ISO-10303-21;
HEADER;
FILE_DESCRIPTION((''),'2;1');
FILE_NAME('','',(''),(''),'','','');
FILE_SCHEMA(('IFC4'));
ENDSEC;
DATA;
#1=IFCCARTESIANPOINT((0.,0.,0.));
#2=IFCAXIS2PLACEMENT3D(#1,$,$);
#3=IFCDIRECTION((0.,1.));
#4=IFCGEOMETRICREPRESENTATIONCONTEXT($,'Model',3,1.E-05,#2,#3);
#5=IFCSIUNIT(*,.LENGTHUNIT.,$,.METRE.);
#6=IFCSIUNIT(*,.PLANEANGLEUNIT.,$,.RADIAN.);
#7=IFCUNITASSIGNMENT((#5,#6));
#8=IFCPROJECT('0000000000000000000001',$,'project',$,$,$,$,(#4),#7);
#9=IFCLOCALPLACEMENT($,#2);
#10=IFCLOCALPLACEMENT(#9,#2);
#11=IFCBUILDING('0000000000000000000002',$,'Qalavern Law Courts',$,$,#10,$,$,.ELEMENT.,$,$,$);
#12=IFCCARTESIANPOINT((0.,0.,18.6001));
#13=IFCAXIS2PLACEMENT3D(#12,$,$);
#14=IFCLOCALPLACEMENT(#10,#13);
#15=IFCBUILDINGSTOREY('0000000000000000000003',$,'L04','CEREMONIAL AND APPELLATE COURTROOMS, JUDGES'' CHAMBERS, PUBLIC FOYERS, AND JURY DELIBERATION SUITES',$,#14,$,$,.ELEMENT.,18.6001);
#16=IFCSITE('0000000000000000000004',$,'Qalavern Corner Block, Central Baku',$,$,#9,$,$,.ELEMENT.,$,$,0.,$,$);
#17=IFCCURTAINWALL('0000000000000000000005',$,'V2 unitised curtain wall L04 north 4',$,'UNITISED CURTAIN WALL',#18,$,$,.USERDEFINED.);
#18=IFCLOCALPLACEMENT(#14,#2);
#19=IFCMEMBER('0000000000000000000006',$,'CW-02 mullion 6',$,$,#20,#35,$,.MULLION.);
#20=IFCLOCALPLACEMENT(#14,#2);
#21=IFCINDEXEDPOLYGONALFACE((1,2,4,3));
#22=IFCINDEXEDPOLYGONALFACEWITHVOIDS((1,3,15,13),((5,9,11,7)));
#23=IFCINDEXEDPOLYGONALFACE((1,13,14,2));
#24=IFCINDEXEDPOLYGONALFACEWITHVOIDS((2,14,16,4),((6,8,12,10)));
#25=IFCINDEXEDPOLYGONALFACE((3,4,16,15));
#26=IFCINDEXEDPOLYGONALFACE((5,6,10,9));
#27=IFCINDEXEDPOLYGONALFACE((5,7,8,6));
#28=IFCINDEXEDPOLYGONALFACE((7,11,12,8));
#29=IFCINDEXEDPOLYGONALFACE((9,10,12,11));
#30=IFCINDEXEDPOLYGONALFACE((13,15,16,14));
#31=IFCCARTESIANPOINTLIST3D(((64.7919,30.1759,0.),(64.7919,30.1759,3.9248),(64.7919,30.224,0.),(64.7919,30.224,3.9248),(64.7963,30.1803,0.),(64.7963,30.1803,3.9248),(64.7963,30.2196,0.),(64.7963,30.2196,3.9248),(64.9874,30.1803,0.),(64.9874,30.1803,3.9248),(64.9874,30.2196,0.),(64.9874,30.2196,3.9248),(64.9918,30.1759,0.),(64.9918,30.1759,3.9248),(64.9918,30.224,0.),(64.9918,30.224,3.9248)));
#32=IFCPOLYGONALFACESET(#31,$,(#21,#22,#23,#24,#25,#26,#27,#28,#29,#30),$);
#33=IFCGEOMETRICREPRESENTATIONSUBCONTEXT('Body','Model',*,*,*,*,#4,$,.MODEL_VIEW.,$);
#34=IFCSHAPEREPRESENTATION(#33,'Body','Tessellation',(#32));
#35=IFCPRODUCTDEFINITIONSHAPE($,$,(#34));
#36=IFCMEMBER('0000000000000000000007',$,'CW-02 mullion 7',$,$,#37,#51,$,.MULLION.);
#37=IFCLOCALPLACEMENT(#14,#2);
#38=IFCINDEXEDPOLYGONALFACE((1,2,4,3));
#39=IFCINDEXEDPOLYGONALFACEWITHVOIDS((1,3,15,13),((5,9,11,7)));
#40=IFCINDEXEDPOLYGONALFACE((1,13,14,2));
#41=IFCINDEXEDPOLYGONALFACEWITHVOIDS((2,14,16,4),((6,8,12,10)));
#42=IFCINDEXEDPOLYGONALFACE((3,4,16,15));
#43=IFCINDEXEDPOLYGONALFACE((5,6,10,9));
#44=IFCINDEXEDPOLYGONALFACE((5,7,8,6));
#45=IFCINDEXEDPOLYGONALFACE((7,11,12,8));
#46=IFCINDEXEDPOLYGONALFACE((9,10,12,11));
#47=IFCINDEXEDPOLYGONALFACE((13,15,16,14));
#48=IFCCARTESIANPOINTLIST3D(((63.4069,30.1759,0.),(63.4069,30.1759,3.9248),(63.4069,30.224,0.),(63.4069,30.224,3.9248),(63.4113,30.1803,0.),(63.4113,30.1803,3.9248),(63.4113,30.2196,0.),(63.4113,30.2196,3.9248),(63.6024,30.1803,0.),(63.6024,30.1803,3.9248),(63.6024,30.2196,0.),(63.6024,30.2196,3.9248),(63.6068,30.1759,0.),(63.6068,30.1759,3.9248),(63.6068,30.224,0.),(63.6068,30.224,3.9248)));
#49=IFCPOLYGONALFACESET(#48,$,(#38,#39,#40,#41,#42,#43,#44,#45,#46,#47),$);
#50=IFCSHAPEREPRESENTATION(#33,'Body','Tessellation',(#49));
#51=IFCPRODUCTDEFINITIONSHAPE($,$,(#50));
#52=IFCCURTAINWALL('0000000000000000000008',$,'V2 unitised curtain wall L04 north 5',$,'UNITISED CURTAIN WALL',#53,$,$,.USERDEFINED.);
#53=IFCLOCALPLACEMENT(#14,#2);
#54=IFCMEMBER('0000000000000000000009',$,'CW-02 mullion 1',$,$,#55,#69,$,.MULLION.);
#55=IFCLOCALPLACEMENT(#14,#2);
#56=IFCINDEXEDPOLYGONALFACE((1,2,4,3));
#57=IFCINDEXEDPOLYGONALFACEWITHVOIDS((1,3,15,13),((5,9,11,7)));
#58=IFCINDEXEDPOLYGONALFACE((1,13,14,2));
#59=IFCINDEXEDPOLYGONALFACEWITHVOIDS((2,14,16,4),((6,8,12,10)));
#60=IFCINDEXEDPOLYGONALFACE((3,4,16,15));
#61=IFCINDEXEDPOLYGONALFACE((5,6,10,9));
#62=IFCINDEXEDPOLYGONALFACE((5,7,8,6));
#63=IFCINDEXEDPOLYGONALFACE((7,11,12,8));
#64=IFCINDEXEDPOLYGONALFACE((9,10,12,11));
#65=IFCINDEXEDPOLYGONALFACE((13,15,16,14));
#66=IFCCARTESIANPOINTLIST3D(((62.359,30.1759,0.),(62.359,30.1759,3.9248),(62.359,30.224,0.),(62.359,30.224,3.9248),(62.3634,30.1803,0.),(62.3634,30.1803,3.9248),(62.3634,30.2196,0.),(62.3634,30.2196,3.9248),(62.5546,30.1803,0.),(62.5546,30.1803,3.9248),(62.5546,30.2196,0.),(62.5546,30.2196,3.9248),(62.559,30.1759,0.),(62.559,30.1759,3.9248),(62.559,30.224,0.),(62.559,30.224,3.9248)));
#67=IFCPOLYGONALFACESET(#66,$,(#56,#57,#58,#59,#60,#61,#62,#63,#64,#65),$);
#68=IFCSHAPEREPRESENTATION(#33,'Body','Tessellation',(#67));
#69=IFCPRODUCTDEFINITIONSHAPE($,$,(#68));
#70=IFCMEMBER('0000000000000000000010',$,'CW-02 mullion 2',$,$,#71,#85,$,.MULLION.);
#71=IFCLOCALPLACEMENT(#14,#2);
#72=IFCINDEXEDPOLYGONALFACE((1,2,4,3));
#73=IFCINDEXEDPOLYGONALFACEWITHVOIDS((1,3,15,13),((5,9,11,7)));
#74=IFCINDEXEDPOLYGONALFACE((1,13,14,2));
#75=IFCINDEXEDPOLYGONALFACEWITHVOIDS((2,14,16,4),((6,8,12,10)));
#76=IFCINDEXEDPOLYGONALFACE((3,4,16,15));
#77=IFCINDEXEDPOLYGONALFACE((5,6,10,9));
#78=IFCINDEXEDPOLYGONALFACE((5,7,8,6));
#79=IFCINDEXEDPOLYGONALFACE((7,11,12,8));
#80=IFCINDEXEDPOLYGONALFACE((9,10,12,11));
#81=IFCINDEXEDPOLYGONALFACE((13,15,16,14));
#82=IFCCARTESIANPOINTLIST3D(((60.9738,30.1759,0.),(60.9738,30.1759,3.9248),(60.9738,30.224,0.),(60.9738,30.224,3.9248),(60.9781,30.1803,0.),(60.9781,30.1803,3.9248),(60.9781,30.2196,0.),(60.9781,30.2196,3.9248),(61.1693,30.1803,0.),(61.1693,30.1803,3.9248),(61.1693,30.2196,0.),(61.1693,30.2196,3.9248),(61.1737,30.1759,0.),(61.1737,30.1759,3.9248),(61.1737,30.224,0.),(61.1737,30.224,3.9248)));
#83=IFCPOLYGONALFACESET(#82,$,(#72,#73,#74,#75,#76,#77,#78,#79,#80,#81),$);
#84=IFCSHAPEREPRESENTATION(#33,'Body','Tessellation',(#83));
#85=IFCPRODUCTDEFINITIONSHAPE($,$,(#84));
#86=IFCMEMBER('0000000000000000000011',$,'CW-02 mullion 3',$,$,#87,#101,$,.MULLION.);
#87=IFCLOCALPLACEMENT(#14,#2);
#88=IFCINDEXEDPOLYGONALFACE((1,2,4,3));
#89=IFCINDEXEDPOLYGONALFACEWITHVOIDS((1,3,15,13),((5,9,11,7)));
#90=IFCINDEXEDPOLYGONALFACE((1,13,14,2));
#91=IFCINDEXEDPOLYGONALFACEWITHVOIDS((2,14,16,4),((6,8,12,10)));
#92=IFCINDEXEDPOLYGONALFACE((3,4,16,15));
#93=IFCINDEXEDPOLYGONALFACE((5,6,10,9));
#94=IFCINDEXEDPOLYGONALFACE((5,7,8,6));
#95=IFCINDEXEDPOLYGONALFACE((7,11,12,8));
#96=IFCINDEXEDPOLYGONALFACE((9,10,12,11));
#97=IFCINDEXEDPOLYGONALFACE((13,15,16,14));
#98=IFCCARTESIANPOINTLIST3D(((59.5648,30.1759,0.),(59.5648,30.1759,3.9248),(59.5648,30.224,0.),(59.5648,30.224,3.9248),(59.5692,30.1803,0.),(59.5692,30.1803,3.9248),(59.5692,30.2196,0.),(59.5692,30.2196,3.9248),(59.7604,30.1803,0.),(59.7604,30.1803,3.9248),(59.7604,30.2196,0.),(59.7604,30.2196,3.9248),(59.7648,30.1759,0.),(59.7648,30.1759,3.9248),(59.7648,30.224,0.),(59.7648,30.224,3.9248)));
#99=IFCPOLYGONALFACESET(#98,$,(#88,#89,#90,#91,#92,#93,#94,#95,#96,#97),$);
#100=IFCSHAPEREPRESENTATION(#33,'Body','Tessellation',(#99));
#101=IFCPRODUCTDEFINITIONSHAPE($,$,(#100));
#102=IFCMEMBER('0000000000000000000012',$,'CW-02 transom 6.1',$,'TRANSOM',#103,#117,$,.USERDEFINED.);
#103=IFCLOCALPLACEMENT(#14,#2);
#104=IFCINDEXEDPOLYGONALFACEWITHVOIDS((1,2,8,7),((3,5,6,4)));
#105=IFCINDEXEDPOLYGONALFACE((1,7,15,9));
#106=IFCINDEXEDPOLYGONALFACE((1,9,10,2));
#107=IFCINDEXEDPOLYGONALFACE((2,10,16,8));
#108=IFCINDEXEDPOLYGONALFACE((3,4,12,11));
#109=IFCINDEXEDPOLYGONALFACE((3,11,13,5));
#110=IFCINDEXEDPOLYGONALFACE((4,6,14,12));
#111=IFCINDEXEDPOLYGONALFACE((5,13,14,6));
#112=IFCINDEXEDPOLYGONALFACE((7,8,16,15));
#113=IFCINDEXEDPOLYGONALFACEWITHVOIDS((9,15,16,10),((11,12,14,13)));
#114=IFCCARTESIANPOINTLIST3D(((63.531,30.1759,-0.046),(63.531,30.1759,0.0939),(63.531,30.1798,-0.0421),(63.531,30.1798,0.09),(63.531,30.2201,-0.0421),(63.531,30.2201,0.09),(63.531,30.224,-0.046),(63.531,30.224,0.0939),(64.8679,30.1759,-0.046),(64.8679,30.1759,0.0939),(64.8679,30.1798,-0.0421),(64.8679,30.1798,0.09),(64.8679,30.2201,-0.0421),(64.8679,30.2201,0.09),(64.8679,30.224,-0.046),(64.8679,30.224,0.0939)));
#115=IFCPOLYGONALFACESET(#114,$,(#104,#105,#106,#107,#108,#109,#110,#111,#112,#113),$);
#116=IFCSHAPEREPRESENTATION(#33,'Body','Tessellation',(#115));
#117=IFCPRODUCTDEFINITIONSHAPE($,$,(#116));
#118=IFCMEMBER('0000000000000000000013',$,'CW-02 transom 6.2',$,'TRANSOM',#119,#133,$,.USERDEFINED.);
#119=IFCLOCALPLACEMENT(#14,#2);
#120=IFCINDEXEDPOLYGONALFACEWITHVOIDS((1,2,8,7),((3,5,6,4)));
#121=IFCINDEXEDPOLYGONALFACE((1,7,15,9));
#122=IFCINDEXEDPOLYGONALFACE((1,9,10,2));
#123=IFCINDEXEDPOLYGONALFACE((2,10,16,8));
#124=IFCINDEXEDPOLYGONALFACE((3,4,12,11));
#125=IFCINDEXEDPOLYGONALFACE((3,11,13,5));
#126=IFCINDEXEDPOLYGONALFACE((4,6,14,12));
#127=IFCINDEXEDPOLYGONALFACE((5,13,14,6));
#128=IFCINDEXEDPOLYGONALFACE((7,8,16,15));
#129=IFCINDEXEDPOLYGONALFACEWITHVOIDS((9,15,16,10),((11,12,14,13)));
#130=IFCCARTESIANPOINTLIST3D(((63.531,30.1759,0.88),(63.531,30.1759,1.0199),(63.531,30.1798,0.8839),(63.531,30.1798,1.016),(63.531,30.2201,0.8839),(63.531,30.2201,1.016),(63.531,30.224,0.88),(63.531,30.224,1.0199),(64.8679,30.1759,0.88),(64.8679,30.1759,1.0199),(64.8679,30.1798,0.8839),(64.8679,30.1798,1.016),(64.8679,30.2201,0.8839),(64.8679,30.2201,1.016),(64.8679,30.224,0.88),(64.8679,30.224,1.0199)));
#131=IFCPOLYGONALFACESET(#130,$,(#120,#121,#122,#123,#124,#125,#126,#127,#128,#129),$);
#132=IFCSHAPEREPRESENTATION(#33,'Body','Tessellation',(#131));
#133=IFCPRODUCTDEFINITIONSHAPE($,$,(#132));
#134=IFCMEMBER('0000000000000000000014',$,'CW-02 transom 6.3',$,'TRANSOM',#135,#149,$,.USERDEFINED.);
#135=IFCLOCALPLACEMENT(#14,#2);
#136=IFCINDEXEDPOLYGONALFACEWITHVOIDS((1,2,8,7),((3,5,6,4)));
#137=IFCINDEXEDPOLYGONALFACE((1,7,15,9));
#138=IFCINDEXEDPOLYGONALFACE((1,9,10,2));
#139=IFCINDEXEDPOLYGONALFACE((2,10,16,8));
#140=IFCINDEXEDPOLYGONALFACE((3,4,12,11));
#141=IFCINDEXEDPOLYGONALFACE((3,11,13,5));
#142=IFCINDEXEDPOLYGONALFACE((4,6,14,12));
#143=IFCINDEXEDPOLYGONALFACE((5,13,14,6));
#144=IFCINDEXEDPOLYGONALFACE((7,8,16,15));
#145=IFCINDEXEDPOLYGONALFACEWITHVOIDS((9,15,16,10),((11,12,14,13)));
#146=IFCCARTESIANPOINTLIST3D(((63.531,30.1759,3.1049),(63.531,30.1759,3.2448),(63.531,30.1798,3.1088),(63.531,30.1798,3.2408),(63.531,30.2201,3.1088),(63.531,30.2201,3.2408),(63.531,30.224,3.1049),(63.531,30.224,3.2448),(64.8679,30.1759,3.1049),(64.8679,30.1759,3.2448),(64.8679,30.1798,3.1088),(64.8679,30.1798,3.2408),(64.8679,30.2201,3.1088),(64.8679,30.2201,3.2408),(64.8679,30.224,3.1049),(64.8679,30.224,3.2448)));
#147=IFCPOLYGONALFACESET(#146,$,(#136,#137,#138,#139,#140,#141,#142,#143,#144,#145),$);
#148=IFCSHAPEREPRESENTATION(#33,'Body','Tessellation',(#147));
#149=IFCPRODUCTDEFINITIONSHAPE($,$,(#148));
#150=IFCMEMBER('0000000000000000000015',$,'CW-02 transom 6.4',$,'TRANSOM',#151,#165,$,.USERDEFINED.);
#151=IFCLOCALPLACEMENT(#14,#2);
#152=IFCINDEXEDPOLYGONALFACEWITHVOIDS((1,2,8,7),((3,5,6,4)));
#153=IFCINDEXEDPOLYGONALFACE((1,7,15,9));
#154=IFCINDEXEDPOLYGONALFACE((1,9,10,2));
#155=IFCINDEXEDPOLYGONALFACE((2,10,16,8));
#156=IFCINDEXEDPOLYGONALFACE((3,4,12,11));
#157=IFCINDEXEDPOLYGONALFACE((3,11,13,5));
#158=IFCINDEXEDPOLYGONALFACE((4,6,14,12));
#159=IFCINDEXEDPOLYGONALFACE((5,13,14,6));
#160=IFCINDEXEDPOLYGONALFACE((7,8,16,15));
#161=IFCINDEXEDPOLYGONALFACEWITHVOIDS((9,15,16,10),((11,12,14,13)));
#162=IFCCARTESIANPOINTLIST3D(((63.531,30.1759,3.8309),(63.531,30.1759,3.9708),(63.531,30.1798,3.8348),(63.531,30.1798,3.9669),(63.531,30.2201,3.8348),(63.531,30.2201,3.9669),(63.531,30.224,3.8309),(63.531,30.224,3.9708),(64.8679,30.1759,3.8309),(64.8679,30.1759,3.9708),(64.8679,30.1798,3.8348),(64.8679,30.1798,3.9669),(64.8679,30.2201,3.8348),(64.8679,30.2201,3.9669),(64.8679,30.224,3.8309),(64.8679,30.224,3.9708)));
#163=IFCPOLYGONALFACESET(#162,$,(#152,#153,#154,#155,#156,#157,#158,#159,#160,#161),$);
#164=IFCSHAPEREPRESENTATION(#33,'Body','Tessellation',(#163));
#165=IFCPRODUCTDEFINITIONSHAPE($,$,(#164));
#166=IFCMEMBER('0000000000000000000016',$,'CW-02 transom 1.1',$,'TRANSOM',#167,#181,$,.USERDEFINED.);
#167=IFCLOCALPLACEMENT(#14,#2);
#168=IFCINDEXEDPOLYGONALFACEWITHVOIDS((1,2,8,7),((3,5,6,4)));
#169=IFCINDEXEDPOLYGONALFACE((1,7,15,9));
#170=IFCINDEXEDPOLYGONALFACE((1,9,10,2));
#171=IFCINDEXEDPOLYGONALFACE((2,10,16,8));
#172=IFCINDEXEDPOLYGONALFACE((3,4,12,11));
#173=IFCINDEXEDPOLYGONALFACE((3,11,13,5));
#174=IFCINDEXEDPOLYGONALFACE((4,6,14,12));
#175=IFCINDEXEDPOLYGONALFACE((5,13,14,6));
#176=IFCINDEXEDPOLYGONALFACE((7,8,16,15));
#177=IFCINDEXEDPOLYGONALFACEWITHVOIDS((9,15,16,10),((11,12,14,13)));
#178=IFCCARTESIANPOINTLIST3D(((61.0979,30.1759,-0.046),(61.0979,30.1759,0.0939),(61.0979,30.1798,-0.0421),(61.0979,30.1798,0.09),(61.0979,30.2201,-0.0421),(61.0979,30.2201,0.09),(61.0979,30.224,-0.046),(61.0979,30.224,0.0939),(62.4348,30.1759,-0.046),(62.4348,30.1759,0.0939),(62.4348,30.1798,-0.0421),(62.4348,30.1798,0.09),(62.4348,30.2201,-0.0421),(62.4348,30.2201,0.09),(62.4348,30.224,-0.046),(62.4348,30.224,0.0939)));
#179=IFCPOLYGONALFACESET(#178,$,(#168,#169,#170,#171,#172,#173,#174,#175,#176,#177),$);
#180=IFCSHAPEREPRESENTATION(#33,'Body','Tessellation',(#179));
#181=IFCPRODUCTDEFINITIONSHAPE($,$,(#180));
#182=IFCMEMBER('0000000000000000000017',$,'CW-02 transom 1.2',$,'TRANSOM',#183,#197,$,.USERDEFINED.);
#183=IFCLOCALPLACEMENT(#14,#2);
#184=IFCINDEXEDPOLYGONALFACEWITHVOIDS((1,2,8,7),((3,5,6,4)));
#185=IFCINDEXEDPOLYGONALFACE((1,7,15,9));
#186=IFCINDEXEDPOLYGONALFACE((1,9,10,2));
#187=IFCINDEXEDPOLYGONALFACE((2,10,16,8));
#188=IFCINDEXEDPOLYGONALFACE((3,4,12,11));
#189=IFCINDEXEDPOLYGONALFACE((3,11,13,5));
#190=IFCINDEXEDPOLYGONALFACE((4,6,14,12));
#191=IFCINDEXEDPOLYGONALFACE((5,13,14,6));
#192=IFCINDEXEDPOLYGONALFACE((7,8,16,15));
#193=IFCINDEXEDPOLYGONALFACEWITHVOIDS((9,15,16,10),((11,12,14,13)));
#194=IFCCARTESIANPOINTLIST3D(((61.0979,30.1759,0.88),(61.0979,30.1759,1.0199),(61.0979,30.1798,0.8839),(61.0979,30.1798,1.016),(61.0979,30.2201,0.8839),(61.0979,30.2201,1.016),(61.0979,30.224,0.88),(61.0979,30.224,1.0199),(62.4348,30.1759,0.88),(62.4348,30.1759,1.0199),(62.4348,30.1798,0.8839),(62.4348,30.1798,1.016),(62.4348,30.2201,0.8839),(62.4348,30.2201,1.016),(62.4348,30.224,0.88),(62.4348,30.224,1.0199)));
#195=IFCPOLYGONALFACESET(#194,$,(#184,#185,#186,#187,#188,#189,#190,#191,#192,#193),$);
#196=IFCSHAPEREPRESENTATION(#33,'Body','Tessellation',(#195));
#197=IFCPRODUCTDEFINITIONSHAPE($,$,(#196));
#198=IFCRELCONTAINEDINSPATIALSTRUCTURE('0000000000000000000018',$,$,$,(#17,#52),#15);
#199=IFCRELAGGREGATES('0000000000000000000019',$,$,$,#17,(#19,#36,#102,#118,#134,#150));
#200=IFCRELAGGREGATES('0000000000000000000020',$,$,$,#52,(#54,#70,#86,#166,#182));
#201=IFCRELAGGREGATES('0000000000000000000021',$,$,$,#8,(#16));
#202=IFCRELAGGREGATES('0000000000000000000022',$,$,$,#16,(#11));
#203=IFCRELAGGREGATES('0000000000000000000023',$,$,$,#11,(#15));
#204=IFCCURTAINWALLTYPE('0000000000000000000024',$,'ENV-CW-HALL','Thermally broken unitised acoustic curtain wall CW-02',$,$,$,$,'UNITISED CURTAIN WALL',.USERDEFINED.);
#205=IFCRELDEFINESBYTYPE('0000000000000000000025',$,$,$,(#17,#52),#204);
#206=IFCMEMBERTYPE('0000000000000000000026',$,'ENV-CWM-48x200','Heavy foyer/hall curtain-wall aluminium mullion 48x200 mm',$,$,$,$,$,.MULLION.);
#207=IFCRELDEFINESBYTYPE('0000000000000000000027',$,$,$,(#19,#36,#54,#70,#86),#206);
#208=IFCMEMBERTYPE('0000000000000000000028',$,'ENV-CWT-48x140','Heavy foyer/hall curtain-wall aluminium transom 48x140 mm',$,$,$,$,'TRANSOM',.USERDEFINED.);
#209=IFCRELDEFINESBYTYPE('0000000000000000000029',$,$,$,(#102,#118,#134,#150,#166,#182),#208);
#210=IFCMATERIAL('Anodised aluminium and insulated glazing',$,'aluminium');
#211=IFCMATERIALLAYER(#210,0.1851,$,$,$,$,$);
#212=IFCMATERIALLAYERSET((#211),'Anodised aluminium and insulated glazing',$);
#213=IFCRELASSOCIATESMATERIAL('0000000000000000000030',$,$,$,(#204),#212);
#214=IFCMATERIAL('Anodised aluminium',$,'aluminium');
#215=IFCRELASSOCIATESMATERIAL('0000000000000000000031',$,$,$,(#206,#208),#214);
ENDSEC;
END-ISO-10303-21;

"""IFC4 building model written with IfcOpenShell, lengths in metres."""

from ifc_helpers import new_model, si_unit, direction, frame, origin, origin_2d, place, context, subcontext, project, spatial, hollow_rectangle, extrude, material, layer, layer_set, material_profile, profile_set, type_object, element, aggregate, save


model = new_model("IFC4")

# Units and contexts
model_context = context("Model", 3, precision=1e-05, world=origin(), true_north=direction((0.0, 1.0)))
body_context = subcontext(model_context, "Body", "Model", "MODEL_VIEW")
ifc_project = project(units=[si_unit("LENGTHUNIT", "METRE"), si_unit("PLANEANGLEUNIT", "RADIAN")], contexts=[model_context])

# Site, building, storey
site_placement = place(None, origin())
site = spatial("IfcSite", under=ifc_project, at=site_placement, Name="Qalavern Corner Block, Central Baku", CompositionType="ELEMENT", RefElevation=0.0)
building_placement = place(site_placement, origin())
building = spatial("IfcBuilding", under=site, at=building_placement, Name="Qalavern Law Courts", CompositionType="ELEMENT")
storey_placement = place(building_placement, frame((0.0, 0.0, 18.6001)))
storey = spatial("IfcBuildingStorey", under=building, at=storey_placement, Name="L04", Description="CEREMONIAL AND APPELLATE COURTROOMS, JUDGES' CHAMBERS, PUBLIC FOYERS, AND JURY DELIBERATION SUITES", CompositionType="ELEMENT", Elevation=18.6001)

# Curtain walls, members
ifc_material_1 = material(Name="Anodised aluminium and insulated glazing", Category="aluminium")
ifc_layer_1 = layer(ifc_material_1, 0.1851)
ifc_layer_set_1 = layer_set([ifc_layer_1], Name="Anodised aluminium and insulated glazing")
curtain_wall_type = type_object("IfcCurtainWallType", Name="ENV-CW-HALL", Description="Thermally broken unitised acoustic curtain wall CW-02", ElementType="UNITISED CURTAIN WALL", PredefinedType="USERDEFINED", material=ifc_layer_set_1)
curtain_wall_1_placement = place(storey_placement, origin())
curtain_wall_1 = element("IfcCurtainWall", 1, at=curtain_wall_1_placement, inside=storey, type_object=curtain_wall_type, Name="V2 unitised curtain wall L04 north 4", ObjectType="UNITISED CURTAIN WALL", PredefinedType="USERDEFINED")
ifc_material_2 = material(Name="Anodised aluminium", Category="aluminium")
ifc_material_profile_1 = material_profile(ifc_material_2, hollow_rectangle(XDim=0.0481, YDim=0.2, WallThickness=0.0044, at=origin_2d()), Name="ALU MULLION 48x200")
ifc_profile_set_1 = profile_set([ifc_material_profile_1], Name="Anodised aluminium")
member_type_1 = type_object("IfcMemberType", Name="ENV-CWM-48x200", Description="Heavy foyer/hall curtain-wall aluminium mullion 48x200 mm", PredefinedType="MULLION", material=ifc_profile_set_1)
member_1_placement = place(storey_placement, frame((64.8918, 30.2, 0.0), z_axis=(0.0, 0.0, 1.0), x_axis=(0.0, -1.0, 0.0)))
member_1 = element("IfcMember", 2, at=member_1_placement, type_object=member_type_1, Name="CW-02 mullion 6", PredefinedType="MULLION", context=body_context, shape_type="SweptSolid", body=[
    extrude(hollow_rectangle(XDim=0.0481, YDim=0.2, WallThickness=0.0044, at=origin_2d()), origin(), (0.0, 0.0, 1.0), 3.9248),
])
member_2_placement = place(storey_placement, frame((63.5068, 30.2, 0.0), z_axis=(0.0, 0.0, 1.0), x_axis=(0.0, -1.0, 0.0)))
member_2 = element("IfcMember", 3, at=member_2_placement, type_object=member_type_1, Name="CW-02 mullion 7", PredefinedType="MULLION", context=body_context, shape_type="SweptSolid", body=[
    extrude(hollow_rectangle(XDim=0.0481, YDim=0.2, WallThickness=0.0044, at=origin_2d()), origin(), (0.0, 0.0, 1.0), 3.9248),
])
curtain_wall_2_placement = place(storey_placement, origin())
curtain_wall_2 = element("IfcCurtainWall", 4, at=curtain_wall_2_placement, inside=storey, type_object=curtain_wall_type, Name="V2 unitised curtain wall L04 north 5", ObjectType="UNITISED CURTAIN WALL", PredefinedType="USERDEFINED")
member_3_placement = place(storey_placement, frame((62.459, 30.2, 0.0), z_axis=(0.0, 0.0, 1.0), x_axis=(0.0, -1.0, 0.0)))
member_3 = element("IfcMember", 5, at=member_3_placement, type_object=member_type_1, Name="CW-02 mullion 1", PredefinedType="MULLION", context=body_context, shape_type="SweptSolid", body=[
    extrude(hollow_rectangle(XDim=0.0481, YDim=0.2, WallThickness=0.0044, at=origin_2d()), origin(), (0.0, 0.0, 1.0), 3.9248),
])
member_4_placement = place(storey_placement, frame((61.0737, 30.2, 0.0), z_axis=(0.0, 0.0, 1.0), x_axis=(0.0, -1.0, 0.0)))
member_4 = element("IfcMember", 6, at=member_4_placement, type_object=member_type_1, Name="CW-02 mullion 2", PredefinedType="MULLION", context=body_context, shape_type="SweptSolid", body=[
    extrude(hollow_rectangle(XDim=0.0481, YDim=0.2, WallThickness=0.0044, at=origin_2d()), origin(), (0.0, 0.0, 1.0), 3.9248),
])
member_5_placement = place(storey_placement, frame((59.6648, 30.2, 0.0), z_axis=(0.0, 0.0, 1.0), x_axis=(0.0, -1.0, 0.0)))
member_5 = element("IfcMember", 7, at=member_5_placement, type_object=member_type_1, Name="CW-02 mullion 3", PredefinedType="MULLION", context=body_context, shape_type="SweptSolid", body=[
    extrude(hollow_rectangle(XDim=0.0481, YDim=0.2, WallThickness=0.0044, at=origin_2d()), origin(), (0.0, 0.0, 1.0), 3.9248),
])

# Members
ifc_material_profile_2 = material_profile(ifc_material_2, hollow_rectangle(XDim=0.0481, YDim=0.1399, WallThickness=0.0039, at=origin_2d()), Name="ALU TRANSOM 48x140")
ifc_profile_set_2 = profile_set([ifc_material_profile_2], Name="Anodised aluminium")
member_type_2 = type_object("IfcMemberType", Name="ENV-CWT-48x140", Description="Heavy foyer/hall curtain-wall aluminium transom 48x140 mm", ElementType="TRANSOM", PredefinedType="USERDEFINED", material=ifc_profile_set_2)
member_6_placement = place(storey_placement, frame((64.8679, 30.2, 0.0239), z_axis=(-1.0, 0.0, 0.0), x_axis=(0.0, -1.0, 0.0)))
member_6 = element("IfcMember", 8, at=member_6_placement, type_object=member_type_2, Name="CW-02 transom 6.1", ObjectType="TRANSOM", PredefinedType="USERDEFINED", context=body_context, shape_type="SweptSolid", body=[
    extrude(hollow_rectangle(XDim=0.0481, YDim=0.1399, WallThickness=0.0039, at=origin_2d()), origin(), (0.0, 0.0, 1.0), 1.3369),
])
member_7_placement = place(storey_placement, frame((64.8679, 30.2, 0.95), z_axis=(-1.0, 0.0, 0.0), x_axis=(0.0, -1.0, 0.0)))
member_7 = element("IfcMember", 9, at=member_7_placement, type_object=member_type_2, Name="CW-02 transom 6.2", ObjectType="TRANSOM", PredefinedType="USERDEFINED", context=body_context, shape_type="SweptSolid", body=[
    extrude(hollow_rectangle(XDim=0.0481, YDim=0.1399, WallThickness=0.0039, at=origin_2d()), origin(), (0.0, 0.0, 1.0), 1.3369),
])
member_8_placement = place(storey_placement, frame((64.8679, 30.2, 3.1748), z_axis=(-1.0, 0.0, 0.0), x_axis=(0.0, -1.0, 0.0)))
member_8 = element("IfcMember", 10, at=member_8_placement, type_object=member_type_2, Name="CW-02 transom 6.3", ObjectType="TRANSOM", PredefinedType="USERDEFINED", context=body_context, shape_type="SweptSolid", body=[
    extrude(hollow_rectangle(XDim=0.0481, YDim=0.1399, WallThickness=0.0039, at=origin_2d()), origin(), (0.0, 0.0, 1.0), 1.3369),
])
member_9_placement = place(storey_placement, frame((64.8679, 30.2, 3.9009), z_axis=(-1.0, 0.0, 0.0), x_axis=(0.0, -1.0, 0.0)))
member_9 = element("IfcMember", 11, at=member_9_placement, type_object=member_type_2, Name="CW-02 transom 6.4", ObjectType="TRANSOM", PredefinedType="USERDEFINED", context=body_context, shape_type="SweptSolid", body=[
    extrude(hollow_rectangle(XDim=0.0481, YDim=0.1399, WallThickness=0.0039, at=origin_2d()), origin(), (0.0, 0.0, 1.0), 1.3369),
])
member_10_placement = place(storey_placement, frame((62.4348, 30.2, 0.0239), z_axis=(-1.0, 0.0, 0.0), x_axis=(0.0, -1.0, 0.0)))
member_10 = element("IfcMember", 12, at=member_10_placement, type_object=member_type_2, Name="CW-02 transom 1.1", ObjectType="TRANSOM", PredefinedType="USERDEFINED", context=body_context, shape_type="SweptSolid", body=[
    extrude(hollow_rectangle(XDim=0.0481, YDim=0.1399, WallThickness=0.0039, at=origin_2d()), origin(), (0.0, 0.0, 1.0), 1.3369),
])
member_11_placement = place(storey_placement, frame((62.4348, 30.2, 0.95), z_axis=(-1.0, 0.0, 0.0), x_axis=(0.0, -1.0, 0.0)))
member_11 = element("IfcMember", 13, at=member_11_placement, type_object=member_type_2, Name="CW-02 transom 1.2", ObjectType="TRANSOM", PredefinedType="USERDEFINED", context=body_context, shape_type="SweptSolid", body=[
    extrude(hollow_rectangle(XDim=0.0481, YDim=0.1399, WallThickness=0.0039, at=origin_2d()), origin(), (0.0, 0.0, 1.0), 1.3369),
])

aggregate(curtain_wall_1, [member_1, member_2, member_6, member_7, member_8, member_9])
aggregate(curtain_wall_2, [member_3, member_4, member_5, member_10, member_11])

save(model, "model.ifc")
